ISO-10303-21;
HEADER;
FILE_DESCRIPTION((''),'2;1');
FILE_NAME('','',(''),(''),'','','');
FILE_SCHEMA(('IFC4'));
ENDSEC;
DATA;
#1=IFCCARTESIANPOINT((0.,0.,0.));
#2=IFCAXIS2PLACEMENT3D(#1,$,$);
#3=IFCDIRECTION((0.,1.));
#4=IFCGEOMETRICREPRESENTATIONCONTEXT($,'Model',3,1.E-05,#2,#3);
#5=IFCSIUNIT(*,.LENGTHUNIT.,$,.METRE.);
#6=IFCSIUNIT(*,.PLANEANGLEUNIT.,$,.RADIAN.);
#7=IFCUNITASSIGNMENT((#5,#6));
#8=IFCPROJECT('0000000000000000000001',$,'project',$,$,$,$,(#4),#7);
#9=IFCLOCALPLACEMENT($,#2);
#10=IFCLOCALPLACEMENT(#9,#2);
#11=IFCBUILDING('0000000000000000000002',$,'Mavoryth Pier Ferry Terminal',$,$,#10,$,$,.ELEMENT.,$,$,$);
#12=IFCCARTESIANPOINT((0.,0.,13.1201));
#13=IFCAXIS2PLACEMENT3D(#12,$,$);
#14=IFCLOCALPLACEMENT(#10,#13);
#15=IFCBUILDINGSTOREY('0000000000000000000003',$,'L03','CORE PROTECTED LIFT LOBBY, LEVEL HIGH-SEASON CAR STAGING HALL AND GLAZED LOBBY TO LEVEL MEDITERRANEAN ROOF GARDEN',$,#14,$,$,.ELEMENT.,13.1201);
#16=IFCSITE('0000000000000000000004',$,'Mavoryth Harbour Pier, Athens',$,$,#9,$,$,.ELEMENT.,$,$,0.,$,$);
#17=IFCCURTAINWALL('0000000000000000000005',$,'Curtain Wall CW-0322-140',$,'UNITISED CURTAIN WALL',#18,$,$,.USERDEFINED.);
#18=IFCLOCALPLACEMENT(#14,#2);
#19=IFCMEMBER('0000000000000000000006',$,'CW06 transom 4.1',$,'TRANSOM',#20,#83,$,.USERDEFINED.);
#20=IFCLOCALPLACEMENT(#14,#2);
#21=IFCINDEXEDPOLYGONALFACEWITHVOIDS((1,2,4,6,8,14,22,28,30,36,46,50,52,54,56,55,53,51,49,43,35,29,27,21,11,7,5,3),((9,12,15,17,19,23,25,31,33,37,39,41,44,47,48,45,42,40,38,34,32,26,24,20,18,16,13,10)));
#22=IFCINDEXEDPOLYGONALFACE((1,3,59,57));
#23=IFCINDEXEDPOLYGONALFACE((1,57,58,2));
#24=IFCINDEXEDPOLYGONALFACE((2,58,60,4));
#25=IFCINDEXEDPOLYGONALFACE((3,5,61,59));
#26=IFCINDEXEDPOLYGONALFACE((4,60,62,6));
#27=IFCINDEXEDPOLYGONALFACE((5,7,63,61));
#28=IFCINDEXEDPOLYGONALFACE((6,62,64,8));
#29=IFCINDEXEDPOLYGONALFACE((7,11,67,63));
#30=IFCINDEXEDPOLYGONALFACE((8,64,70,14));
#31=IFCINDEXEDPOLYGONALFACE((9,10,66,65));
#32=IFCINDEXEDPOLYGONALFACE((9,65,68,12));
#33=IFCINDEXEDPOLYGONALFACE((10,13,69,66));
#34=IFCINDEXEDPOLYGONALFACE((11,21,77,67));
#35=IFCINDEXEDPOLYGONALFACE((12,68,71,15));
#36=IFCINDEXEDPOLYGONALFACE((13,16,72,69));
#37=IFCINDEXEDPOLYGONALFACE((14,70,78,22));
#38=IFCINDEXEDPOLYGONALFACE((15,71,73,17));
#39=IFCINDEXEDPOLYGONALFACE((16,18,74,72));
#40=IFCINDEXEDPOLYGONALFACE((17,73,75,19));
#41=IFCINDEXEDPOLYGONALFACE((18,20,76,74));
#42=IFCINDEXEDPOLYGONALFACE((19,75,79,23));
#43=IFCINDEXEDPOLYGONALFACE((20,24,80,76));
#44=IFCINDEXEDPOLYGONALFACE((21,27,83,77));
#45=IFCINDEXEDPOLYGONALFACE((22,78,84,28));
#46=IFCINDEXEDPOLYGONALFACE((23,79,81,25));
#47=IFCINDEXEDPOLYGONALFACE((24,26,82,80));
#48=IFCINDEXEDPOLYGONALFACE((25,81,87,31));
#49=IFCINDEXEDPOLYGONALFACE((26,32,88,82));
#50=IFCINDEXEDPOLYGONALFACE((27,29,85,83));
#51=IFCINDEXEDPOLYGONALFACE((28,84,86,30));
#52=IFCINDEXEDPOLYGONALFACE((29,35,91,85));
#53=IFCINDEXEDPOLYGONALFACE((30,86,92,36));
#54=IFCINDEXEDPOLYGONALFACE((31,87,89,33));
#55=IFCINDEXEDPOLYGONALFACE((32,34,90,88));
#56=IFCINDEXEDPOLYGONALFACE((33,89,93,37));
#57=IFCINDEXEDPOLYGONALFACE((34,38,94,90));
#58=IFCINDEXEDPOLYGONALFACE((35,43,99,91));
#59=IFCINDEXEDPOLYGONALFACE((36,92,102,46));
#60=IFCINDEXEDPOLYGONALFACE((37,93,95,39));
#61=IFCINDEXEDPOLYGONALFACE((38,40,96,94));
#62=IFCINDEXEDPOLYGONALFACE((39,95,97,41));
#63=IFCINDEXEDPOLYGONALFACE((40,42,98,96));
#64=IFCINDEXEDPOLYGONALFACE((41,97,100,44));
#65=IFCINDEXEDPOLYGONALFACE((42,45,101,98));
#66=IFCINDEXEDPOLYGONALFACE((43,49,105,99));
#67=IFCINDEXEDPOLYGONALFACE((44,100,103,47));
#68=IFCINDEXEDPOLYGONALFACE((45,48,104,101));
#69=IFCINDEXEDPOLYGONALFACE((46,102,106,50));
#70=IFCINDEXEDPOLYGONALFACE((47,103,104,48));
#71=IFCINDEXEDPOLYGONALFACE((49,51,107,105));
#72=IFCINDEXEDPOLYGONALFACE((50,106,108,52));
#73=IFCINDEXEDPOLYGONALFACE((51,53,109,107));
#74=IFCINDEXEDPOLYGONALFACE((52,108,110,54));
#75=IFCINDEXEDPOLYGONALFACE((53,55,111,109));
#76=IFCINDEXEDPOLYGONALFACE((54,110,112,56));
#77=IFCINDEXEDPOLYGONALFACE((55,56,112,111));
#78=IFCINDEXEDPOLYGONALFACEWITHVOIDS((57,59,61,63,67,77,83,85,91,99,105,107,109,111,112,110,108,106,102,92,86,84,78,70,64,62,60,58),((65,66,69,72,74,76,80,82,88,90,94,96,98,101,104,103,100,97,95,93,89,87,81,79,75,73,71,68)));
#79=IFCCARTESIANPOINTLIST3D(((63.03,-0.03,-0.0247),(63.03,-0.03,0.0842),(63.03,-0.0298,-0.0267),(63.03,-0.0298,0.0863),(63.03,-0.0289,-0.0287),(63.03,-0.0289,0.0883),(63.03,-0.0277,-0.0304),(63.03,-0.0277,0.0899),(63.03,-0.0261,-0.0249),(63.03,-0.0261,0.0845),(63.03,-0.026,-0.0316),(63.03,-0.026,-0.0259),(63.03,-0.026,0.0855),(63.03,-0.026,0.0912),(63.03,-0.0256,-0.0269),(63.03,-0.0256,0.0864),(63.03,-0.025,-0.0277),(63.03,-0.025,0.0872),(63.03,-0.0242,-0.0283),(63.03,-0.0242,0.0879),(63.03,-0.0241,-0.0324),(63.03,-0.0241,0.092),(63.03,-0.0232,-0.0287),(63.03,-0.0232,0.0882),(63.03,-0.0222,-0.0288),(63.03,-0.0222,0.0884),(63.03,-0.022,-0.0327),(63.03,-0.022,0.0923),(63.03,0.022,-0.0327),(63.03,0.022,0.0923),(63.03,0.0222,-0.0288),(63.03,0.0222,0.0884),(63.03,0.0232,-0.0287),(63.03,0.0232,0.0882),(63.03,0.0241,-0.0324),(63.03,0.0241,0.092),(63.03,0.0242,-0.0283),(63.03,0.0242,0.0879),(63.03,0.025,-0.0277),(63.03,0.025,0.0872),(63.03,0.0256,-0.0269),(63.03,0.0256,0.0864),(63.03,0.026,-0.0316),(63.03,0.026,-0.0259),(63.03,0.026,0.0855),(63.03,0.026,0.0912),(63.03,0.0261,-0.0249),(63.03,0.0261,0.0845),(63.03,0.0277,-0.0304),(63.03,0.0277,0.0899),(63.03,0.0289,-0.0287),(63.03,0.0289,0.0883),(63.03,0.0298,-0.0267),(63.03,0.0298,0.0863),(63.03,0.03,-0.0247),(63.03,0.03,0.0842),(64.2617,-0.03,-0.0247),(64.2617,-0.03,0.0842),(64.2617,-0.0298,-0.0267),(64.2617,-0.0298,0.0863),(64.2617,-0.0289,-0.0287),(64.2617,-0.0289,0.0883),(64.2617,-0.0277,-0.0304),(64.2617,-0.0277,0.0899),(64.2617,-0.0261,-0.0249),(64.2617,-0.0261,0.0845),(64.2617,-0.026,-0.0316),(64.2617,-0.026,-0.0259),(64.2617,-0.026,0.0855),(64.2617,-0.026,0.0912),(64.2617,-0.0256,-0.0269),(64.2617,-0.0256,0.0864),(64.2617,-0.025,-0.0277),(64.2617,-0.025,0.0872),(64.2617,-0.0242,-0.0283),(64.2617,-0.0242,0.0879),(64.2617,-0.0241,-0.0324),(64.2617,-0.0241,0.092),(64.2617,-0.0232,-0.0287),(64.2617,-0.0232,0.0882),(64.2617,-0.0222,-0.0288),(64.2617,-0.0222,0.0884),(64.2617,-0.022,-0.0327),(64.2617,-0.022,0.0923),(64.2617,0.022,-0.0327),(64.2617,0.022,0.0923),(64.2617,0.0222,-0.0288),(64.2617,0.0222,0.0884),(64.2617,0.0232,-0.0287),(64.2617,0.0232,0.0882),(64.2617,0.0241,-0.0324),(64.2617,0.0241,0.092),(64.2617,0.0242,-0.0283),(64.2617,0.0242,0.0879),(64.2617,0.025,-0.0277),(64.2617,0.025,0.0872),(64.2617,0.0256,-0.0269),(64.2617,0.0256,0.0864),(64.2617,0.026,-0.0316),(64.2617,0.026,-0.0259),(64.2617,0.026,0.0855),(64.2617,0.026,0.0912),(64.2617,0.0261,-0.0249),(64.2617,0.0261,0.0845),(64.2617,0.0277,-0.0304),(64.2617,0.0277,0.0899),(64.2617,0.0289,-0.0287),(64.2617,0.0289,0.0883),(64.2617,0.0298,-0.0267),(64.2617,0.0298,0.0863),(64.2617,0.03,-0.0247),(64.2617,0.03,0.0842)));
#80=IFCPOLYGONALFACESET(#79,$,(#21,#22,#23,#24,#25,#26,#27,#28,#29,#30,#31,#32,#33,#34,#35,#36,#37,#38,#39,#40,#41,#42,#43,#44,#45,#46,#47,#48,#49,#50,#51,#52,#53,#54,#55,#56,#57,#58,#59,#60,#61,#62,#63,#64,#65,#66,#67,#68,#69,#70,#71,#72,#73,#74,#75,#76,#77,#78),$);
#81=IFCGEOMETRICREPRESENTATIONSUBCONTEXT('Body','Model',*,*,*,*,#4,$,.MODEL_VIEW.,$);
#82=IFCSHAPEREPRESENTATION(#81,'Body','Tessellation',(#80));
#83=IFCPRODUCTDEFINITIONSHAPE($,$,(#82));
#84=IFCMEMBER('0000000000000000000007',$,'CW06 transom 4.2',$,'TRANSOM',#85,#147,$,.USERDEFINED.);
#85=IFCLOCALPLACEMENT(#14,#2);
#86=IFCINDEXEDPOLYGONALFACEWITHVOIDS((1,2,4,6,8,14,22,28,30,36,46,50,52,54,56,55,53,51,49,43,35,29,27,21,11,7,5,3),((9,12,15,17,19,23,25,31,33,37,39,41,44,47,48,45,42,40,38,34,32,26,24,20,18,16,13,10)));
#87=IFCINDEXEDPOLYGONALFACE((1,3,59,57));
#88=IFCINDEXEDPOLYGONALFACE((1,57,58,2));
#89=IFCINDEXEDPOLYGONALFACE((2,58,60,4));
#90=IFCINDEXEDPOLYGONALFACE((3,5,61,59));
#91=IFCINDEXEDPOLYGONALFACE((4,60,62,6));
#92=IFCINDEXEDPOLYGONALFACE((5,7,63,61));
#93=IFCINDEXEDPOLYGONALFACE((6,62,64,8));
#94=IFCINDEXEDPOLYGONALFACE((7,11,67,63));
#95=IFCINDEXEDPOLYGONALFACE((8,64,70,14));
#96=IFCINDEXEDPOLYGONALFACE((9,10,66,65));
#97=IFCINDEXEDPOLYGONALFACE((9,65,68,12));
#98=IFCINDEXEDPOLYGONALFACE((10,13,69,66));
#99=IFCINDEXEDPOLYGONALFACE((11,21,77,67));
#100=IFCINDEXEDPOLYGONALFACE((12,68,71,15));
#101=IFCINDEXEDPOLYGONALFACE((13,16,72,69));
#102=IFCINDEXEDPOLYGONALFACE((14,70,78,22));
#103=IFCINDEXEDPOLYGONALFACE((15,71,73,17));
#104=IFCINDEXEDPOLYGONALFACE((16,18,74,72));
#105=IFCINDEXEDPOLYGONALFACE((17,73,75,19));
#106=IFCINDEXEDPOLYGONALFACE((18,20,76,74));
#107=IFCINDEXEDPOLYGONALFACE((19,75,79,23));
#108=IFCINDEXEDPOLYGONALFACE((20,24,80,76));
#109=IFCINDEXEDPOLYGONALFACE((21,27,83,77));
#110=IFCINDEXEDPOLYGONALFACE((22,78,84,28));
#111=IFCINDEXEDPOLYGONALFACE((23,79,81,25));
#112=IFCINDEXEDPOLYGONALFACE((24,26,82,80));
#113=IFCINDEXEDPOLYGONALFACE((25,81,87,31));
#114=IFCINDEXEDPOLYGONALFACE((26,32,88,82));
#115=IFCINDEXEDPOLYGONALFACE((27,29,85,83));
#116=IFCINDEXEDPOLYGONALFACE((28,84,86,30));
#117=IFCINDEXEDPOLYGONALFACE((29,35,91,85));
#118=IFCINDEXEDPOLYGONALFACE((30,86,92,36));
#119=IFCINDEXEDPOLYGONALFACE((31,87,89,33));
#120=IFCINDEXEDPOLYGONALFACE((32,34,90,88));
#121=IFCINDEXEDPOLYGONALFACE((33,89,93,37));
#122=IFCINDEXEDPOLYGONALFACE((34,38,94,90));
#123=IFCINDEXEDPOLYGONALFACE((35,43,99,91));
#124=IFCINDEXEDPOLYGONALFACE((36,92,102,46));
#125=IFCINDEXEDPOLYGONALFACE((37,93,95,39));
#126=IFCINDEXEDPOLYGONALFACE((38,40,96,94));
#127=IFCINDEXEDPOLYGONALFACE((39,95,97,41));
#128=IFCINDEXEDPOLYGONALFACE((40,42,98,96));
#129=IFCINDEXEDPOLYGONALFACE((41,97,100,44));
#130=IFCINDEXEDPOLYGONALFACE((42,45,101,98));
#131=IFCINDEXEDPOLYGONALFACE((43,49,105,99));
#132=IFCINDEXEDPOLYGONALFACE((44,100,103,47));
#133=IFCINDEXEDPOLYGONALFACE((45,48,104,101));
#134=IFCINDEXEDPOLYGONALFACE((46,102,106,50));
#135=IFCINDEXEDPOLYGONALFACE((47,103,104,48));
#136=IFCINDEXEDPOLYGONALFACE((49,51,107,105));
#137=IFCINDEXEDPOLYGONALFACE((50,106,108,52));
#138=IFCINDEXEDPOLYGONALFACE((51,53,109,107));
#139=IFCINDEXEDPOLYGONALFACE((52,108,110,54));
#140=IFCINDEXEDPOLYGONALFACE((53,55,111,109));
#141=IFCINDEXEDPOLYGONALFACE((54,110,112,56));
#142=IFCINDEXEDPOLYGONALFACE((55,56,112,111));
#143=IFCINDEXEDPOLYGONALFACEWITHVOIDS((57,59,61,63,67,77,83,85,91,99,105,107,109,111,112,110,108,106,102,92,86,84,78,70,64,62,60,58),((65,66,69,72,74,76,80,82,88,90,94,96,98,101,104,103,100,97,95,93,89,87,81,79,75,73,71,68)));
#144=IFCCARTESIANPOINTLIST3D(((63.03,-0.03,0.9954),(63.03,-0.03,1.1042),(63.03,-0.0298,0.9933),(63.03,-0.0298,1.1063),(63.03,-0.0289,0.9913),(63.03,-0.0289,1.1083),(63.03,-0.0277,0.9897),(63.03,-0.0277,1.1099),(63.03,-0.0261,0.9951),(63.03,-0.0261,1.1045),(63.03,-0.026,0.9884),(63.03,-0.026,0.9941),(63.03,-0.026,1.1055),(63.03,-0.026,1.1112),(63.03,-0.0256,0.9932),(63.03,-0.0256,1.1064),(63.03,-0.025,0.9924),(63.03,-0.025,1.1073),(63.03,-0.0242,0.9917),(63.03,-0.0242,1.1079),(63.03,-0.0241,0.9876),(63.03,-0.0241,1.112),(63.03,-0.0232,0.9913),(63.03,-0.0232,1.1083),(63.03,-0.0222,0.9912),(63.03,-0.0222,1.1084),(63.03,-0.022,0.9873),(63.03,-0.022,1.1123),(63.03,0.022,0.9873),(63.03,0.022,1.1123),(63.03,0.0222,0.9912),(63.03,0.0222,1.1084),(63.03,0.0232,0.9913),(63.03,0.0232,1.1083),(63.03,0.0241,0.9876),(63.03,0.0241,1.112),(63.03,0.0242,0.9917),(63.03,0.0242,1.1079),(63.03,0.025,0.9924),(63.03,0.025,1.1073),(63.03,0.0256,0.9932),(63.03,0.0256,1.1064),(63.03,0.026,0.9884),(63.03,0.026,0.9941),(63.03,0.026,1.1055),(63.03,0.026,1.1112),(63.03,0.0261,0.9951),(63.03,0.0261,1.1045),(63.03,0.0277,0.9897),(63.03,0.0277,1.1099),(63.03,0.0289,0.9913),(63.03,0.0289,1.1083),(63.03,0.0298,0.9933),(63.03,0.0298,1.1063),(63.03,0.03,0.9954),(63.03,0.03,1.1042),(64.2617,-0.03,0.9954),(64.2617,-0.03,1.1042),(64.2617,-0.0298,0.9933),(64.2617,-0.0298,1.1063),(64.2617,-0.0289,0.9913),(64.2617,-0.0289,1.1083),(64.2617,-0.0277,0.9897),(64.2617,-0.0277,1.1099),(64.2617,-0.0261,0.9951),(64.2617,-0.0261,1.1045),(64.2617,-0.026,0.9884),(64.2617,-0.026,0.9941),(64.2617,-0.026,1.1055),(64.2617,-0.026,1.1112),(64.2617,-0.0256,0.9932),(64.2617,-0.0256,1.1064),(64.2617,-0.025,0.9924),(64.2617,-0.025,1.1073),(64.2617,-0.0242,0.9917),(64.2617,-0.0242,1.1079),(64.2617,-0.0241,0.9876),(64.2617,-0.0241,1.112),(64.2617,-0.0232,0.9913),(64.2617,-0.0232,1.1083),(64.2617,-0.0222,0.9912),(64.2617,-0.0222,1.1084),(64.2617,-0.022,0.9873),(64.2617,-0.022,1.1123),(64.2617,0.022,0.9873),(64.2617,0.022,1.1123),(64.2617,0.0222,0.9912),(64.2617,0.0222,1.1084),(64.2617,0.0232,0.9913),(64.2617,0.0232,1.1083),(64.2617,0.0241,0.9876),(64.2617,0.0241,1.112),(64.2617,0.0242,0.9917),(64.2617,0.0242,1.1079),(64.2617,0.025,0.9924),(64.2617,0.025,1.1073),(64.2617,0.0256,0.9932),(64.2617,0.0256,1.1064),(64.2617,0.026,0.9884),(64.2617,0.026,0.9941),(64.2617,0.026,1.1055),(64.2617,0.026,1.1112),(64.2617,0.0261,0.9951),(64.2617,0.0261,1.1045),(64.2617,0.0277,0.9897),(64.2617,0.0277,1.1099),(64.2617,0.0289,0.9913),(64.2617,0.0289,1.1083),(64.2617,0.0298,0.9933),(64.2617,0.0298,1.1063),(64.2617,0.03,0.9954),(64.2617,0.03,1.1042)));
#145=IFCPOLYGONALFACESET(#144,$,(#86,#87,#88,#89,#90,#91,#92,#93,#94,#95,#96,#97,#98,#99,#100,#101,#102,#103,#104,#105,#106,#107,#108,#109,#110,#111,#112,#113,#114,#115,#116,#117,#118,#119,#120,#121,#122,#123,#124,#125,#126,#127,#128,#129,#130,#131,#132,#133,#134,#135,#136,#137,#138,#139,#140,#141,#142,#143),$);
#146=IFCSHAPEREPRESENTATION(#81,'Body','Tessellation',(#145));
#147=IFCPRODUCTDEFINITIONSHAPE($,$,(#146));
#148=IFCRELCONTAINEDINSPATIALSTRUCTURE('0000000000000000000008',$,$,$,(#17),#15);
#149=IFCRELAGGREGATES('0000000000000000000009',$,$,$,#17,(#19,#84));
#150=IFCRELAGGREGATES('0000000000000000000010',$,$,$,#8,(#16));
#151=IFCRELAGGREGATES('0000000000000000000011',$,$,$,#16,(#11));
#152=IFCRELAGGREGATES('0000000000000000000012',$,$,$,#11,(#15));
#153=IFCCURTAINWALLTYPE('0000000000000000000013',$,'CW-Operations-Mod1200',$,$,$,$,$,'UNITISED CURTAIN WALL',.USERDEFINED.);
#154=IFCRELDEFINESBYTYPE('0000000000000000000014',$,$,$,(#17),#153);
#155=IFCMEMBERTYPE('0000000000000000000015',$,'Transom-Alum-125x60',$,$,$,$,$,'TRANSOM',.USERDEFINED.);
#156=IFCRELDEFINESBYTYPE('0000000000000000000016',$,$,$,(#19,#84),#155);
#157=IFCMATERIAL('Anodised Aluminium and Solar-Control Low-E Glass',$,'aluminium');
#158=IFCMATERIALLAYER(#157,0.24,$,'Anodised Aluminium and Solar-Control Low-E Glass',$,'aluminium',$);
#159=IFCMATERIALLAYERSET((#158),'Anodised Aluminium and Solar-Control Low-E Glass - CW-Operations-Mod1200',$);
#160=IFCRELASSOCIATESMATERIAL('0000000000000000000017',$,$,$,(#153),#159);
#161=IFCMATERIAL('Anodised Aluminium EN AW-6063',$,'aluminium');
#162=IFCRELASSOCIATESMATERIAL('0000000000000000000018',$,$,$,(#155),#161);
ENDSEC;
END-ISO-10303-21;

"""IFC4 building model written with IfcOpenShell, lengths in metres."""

from ifc_helpers import new_model, si_unit, direction, frame, origin, origin_2d, place, context, subcontext, project, spatial, hollow_rectangle, extrude, material, layer, layer_set, material_profile, profile_set, type_object, element, aggregate, save


model = new_model("IFC4")

# Units and contexts
model_context = context("Model", 3, precision=1e-05, world=origin(), true_north=direction((0.0, 1.0)))
body_context = subcontext(model_context, "Body", "Model", "MODEL_VIEW")
ifc_project = project(units=[si_unit("LENGTHUNIT", "METRE"), si_unit("PLANEANGLEUNIT", "RADIAN")], contexts=[model_context])

# Site, building, storey
site_placement = place(None, origin())
site = spatial("IfcSite", under=ifc_project, at=site_placement, Name="Mavoryth Harbour Pier, Athens", CompositionType="ELEMENT", RefElevation=0.0)
building_placement = place(site_placement, origin())
building = spatial("IfcBuilding", under=site, at=building_placement, Name="Mavoryth Pier Ferry Terminal", CompositionType="ELEMENT")
storey_placement = place(building_placement, frame((0.0, 0.0, 13.1201)))
storey = spatial("IfcBuildingStorey", under=building, at=storey_placement, Name="L03", Description="CORE PROTECTED LIFT LOBBY, LEVEL HIGH-SEASON CAR STAGING HALL AND GLAZED LOBBY TO LEVEL MEDITERRANEAN ROOF GARDEN", CompositionType="ELEMENT", Elevation=13.1201)

# Curtain wall, members
ifc_material_1 = material(Name="Anodised Aluminium and Solar-Control Low-E Glass", Category="aluminium")
ifc_layer_1 = layer(ifc_material_1, 0.24, Name="Anodised Aluminium and Solar-Control Low-E Glass", Category="aluminium")
ifc_layer_set_1 = layer_set([ifc_layer_1], Name="Anodised Aluminium and Solar-Control Low-E Glass - CW-Operations-Mod1200")
curtain_wall_type = type_object("IfcCurtainWallType", Name="CW-Operations-Mod1200", ElementType="UNITISED CURTAIN WALL", PredefinedType="USERDEFINED", material=ifc_layer_set_1)
curtain_wall_placement = place(storey_placement, origin())
curtain_wall = element("IfcCurtainWall", 1, at=curtain_wall_placement, inside=storey, type_object=curtain_wall_type, Name="Curtain Wall CW-0322-140", ObjectType="UNITISED CURTAIN WALL", PredefinedType="USERDEFINED")
ifc_material_2 = material(Name="Anodised Aluminium EN AW-6063", Category="aluminium")
ifc_material_profile_1 = material_profile(ifc_material_2, hollow_rectangle(XDim=0.0601, YDim=0.125, WallThickness=0.0039, InnerFilletRadius=0.0039, OuterFilletRadius=0.0081, at=origin_2d()), Name="AL-TRAN 125x60x4", Category="aluminium")
ifc_profile_set_1 = profile_set([ifc_material_profile_1], Name="Anodised Aluminium EN AW-6063 - AL-TRAN 125x60x4")
member_type_1 = type_object("IfcMemberType", Name="Transom-Alum-125x60", ElementType="TRANSOM", PredefinedType="USERDEFINED", material=ifc_profile_set_1)
member_1_placement = place(storey_placement, frame((63.03, 0.0, 0.0298), z_axis=(1.0, 0.0, 0.0), x_axis=(0.0, 1.0, 0.0)))
member_1 = element("IfcMember", 2, at=member_1_placement, type_object=member_type_1, Name="CW06 transom 4.1", ObjectType="TRANSOM", PredefinedType="USERDEFINED", context=body_context, shape_type="SweptSolid", body=[
    extrude(hollow_rectangle(XDim=0.0601, YDim=0.125, WallThickness=0.0039, InnerFilletRadius=0.0039, OuterFilletRadius=0.0081, at=origin_2d()), origin(), (0.0, 0.0, 1.0), 1.2317),
])
member_2_placement = place(storey_placement, frame((63.03, 0.0, 1.0498), z_axis=(1.0, 0.0, 0.0), x_axis=(0.0, 1.0, 0.0)))
member_2 = element("IfcMember", 3, at=member_2_placement, type_object=member_type_1, Name="CW06 transom 4.2", ObjectType="TRANSOM", PredefinedType="USERDEFINED", context=body_context, shape_type="SweptSolid", body=[
    extrude(hollow_rectangle(XDim=0.0601, YDim=0.125, WallThickness=0.0039, InnerFilletRadius=0.0039, OuterFilletRadius=0.0081, at=origin_2d()), origin(), (0.0, 0.0, 1.0), 1.2317),
])
aggregate(curtain_wall, [member_1, member_2])

save(model, "model.ifc")
